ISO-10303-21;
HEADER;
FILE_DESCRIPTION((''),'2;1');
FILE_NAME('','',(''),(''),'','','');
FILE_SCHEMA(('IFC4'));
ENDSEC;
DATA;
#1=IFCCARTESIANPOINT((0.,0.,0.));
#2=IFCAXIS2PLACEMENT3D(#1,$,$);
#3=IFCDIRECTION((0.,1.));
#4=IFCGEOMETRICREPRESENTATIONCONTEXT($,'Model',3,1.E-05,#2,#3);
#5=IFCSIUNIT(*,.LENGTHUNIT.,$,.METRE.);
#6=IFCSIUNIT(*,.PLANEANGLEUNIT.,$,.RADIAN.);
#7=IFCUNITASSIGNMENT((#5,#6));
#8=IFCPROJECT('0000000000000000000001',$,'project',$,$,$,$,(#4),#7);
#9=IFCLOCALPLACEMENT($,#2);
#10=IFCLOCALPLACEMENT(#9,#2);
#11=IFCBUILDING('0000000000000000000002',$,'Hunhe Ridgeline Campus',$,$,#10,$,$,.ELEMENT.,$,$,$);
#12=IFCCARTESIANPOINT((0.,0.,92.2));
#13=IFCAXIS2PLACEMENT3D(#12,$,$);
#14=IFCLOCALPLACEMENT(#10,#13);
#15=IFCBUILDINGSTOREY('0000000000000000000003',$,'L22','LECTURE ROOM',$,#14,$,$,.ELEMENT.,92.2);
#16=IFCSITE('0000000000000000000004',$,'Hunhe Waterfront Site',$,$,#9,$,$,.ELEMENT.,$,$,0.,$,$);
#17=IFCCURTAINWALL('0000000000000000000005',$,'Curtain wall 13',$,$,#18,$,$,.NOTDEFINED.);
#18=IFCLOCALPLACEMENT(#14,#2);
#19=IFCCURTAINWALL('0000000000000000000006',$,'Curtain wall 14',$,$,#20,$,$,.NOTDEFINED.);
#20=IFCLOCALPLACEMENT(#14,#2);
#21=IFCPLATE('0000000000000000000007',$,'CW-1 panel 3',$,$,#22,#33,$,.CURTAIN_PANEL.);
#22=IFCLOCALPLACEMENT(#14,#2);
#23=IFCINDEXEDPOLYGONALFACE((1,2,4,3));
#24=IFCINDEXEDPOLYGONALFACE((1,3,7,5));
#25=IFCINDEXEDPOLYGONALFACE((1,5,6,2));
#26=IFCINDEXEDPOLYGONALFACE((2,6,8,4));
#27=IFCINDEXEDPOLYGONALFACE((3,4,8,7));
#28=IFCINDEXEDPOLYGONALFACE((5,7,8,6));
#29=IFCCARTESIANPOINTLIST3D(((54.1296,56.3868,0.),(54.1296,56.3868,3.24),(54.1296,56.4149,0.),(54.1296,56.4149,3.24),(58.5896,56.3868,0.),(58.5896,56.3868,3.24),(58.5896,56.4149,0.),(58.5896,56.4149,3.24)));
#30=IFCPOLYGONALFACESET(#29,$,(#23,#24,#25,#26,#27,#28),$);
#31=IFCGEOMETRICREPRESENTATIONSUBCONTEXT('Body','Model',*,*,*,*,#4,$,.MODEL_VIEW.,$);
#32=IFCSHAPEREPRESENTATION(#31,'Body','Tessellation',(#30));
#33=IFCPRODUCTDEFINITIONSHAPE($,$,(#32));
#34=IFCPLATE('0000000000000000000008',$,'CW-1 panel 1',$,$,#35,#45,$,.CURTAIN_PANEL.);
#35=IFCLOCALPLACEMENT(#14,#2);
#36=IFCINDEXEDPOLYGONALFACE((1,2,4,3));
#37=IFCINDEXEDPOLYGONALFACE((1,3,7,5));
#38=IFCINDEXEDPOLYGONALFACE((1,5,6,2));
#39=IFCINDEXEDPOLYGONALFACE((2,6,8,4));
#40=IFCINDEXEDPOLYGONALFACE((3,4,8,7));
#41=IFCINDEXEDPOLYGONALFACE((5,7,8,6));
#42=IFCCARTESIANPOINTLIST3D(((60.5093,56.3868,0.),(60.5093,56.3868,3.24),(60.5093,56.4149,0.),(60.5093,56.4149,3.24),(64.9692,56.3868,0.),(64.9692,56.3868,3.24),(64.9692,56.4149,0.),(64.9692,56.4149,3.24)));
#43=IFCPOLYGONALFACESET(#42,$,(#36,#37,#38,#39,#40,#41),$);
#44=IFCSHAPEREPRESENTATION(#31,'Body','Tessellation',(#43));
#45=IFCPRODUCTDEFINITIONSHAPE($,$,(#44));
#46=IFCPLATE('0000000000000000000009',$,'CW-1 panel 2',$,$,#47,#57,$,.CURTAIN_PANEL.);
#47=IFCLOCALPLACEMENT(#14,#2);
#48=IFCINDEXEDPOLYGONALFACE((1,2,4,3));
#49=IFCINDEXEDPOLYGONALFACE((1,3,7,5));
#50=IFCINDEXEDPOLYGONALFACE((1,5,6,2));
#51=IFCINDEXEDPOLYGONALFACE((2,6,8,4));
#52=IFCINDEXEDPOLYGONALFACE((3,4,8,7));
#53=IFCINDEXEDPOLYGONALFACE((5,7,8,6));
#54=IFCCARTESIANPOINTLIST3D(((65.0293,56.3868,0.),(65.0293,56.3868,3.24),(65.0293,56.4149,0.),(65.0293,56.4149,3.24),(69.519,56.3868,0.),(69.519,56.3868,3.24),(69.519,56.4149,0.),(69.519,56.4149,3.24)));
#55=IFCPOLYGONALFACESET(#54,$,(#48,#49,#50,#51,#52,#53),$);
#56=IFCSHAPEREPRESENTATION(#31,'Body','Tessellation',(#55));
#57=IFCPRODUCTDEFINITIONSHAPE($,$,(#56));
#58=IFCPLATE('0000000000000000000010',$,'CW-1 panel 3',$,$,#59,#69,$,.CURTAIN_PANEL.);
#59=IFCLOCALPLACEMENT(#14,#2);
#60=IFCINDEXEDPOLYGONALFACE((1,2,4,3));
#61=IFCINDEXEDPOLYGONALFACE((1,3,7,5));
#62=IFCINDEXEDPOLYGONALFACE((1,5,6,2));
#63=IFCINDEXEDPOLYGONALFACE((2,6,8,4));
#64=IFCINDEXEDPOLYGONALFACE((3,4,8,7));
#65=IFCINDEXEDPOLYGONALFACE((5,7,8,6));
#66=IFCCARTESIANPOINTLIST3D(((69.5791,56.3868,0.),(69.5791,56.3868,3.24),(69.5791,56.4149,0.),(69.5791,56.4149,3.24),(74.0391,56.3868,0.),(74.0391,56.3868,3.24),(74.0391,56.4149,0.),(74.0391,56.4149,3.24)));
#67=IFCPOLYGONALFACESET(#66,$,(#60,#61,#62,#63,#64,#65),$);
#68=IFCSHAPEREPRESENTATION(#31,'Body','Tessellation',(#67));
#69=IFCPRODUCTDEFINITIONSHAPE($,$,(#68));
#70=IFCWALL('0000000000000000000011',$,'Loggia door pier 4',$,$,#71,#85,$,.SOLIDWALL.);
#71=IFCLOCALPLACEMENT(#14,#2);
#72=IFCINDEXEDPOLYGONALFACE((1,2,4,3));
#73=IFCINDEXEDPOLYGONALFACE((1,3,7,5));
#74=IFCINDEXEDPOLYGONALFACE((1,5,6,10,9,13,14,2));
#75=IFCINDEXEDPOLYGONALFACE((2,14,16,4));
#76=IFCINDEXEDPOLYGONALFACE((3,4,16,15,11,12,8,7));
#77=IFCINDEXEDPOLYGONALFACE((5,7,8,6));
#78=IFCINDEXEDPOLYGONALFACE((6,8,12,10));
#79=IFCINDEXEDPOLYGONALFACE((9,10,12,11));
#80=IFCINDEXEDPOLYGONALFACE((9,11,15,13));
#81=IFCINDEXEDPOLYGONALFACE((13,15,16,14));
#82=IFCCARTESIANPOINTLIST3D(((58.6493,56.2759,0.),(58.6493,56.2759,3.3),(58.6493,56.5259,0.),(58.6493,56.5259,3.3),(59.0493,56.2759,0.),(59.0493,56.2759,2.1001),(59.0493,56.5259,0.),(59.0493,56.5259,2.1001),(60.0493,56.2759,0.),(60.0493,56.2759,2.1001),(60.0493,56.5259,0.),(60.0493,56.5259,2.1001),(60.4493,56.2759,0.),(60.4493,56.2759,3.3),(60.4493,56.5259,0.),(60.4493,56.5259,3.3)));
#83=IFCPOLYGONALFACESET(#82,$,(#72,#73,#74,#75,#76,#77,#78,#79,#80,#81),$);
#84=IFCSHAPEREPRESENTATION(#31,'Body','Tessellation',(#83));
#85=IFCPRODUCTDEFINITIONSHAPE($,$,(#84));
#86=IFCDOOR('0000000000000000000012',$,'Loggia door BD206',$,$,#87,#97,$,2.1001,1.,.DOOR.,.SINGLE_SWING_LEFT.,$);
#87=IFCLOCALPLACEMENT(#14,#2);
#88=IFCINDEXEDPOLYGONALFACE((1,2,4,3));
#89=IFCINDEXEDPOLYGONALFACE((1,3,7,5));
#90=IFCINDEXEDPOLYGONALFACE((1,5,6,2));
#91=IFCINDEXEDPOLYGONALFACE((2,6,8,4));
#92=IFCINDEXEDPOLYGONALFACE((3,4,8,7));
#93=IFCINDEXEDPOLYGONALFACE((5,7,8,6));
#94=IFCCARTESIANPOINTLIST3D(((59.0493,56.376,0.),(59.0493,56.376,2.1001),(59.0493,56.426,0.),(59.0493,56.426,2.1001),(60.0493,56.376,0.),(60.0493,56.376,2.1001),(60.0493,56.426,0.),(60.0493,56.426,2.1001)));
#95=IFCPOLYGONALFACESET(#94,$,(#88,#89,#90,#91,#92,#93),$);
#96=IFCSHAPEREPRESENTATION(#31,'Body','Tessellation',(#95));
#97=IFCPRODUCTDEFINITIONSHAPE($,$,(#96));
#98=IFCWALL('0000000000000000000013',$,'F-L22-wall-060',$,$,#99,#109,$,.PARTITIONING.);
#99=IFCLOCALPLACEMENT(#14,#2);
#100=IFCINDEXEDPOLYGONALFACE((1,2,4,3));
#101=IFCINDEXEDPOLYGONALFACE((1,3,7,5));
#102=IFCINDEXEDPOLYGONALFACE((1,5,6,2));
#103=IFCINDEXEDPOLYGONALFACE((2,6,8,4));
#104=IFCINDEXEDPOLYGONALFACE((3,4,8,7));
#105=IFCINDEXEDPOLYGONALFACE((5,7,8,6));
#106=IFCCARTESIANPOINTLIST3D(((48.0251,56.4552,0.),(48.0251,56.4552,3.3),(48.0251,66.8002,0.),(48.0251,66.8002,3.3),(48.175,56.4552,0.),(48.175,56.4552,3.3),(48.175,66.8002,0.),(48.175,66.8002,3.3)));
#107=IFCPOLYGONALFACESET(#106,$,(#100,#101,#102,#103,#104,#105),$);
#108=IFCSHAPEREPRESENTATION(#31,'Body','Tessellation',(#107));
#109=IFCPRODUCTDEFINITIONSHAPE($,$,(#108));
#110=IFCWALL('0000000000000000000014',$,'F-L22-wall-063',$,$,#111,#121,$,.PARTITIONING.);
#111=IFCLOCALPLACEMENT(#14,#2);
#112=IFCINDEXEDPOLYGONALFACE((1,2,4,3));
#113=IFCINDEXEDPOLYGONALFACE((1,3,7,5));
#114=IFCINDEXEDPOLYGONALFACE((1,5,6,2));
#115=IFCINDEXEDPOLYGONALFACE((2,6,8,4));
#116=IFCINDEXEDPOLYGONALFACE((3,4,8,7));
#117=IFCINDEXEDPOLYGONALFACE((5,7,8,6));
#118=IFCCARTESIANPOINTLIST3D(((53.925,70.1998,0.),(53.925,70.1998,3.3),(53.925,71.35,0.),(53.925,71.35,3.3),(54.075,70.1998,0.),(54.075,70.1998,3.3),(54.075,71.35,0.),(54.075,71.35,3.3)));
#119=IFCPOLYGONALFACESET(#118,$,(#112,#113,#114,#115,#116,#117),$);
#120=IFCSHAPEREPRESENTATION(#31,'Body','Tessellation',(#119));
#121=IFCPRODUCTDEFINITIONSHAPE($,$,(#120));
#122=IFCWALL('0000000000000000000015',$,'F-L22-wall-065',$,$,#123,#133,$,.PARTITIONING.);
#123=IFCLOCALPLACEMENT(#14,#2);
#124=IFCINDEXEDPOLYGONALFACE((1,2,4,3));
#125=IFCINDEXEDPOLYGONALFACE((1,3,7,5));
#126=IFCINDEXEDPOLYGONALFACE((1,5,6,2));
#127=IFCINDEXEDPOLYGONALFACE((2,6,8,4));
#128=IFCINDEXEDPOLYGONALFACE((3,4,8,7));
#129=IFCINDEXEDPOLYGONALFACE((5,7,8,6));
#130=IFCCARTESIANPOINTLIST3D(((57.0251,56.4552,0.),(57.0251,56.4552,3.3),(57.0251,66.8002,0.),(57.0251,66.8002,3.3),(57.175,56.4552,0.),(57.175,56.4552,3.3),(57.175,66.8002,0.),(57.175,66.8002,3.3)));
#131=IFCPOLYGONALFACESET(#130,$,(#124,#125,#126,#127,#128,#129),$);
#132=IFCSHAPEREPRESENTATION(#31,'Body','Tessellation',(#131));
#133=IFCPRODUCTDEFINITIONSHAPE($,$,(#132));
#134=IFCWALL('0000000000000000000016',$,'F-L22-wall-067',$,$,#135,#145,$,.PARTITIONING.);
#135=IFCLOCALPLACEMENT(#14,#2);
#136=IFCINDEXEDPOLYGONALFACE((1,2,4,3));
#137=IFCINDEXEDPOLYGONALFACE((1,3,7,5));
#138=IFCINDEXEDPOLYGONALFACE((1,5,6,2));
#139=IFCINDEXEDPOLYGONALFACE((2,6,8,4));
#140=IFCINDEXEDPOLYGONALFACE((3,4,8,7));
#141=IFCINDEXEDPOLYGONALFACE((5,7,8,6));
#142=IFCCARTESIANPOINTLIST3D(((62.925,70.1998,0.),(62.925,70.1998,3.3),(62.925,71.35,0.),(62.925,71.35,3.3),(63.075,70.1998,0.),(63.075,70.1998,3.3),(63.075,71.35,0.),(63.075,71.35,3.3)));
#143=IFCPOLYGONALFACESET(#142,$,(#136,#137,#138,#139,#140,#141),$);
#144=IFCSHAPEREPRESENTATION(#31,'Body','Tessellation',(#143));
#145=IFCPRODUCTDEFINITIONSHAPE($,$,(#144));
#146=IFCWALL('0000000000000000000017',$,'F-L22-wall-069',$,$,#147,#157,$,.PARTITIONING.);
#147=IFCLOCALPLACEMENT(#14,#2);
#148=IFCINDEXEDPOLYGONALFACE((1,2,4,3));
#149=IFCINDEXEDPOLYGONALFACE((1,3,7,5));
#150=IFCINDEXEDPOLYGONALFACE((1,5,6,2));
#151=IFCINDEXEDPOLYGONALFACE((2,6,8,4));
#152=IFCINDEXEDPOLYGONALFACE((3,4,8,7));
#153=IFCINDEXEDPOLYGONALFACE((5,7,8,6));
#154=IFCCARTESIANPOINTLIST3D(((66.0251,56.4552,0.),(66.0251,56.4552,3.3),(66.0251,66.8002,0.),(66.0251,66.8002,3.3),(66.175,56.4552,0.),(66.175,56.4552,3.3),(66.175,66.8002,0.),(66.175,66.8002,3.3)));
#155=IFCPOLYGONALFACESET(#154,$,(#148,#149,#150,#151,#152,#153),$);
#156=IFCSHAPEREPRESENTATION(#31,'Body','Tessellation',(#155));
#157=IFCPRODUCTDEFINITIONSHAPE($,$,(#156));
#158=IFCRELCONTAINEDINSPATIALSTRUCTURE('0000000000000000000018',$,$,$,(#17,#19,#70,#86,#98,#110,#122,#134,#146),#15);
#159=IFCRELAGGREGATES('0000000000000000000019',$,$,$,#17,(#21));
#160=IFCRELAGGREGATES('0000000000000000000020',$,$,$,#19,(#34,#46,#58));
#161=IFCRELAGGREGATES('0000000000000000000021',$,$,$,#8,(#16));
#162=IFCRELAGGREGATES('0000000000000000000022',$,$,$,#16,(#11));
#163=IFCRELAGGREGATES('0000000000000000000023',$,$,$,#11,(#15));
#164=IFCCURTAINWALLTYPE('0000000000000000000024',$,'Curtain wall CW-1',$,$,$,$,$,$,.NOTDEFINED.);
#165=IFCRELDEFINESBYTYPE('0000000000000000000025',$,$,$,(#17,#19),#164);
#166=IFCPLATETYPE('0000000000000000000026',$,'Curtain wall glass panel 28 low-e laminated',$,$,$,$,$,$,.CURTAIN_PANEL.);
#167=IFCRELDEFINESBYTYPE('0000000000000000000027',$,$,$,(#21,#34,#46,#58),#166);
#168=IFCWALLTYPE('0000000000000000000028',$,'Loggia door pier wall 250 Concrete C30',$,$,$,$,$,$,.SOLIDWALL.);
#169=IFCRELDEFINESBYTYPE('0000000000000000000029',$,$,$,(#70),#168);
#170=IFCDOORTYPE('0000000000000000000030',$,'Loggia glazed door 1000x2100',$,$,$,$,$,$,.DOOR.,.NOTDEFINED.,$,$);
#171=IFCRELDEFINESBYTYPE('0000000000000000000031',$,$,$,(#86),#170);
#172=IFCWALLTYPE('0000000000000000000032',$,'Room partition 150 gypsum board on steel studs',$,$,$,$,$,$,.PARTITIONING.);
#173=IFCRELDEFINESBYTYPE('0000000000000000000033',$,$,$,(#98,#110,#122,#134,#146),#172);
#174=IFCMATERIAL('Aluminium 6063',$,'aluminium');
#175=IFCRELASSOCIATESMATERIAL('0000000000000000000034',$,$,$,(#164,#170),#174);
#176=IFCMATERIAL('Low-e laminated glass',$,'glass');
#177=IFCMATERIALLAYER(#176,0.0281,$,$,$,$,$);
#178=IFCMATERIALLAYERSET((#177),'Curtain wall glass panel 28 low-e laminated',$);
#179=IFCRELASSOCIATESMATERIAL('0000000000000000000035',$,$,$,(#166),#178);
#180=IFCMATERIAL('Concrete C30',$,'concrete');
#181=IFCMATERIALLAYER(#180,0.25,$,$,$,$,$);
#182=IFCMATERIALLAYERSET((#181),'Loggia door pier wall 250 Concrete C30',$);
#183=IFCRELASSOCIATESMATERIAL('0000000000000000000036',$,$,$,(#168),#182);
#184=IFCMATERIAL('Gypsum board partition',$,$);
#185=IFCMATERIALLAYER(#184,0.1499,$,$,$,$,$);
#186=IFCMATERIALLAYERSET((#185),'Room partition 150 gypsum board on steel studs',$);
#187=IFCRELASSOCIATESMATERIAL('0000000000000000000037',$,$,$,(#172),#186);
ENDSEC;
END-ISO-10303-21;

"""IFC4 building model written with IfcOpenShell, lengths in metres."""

from ifc_helpers import new_model, si_unit, direction, frame, frame_2d, origin, origin_2d, place, context, subcontext, project, spatial, rectangle, extrude, material, layer, layer_set, type_object, element, fill, aggregate, save


model = new_model("IFC4")

# Units and contexts
model_context = context("Model", 3, precision=1e-05, world=origin(), true_north=direction((0.0, 1.0)))
body_context = subcontext(model_context, "Body", "Model", "MODEL_VIEW")
ifc_project = project(units=[si_unit("LENGTHUNIT", "METRE"), si_unit("PLANEANGLEUNIT", "RADIAN")], contexts=[model_context])

# Site, building, storey
site_placement = place(None, origin())
site = spatial("IfcSite", under=ifc_project, at=site_placement, Name="Hunhe Waterfront Site", CompositionType="ELEMENT", RefElevation=0.0)
building_placement = place(site_placement, origin())
building = spatial("IfcBuilding", under=site, at=building_placement, Name="Hunhe Ridgeline Campus", CompositionType="ELEMENT")
storey_placement = place(building_placement, frame((0.0, 0.0, 92.2)))
storey = spatial("IfcBuildingStorey", under=building, at=storey_placement, Name="L22", Description="LECTURE ROOM", CompositionType="ELEMENT", Elevation=92.2)

# Curtain walls
ifc_material_1 = material(Name="Aluminium 6063", Category="aluminium")
curtain_wall_type = type_object("IfcCurtainWallType", Name="Curtain wall CW-1", PredefinedType="NOTDEFINED", material=ifc_material_1)
curtain_wall_1_placement = place(storey_placement, origin())
curtain_wall_1 = element("IfcCurtainWall", 1, at=curtain_wall_1_placement, inside=storey, type_object=curtain_wall_type, Name="Curtain wall 13", PredefinedType="NOTDEFINED")
curtain_wall_2_placement = place(storey_placement, origin())
curtain_wall_2 = element("IfcCurtainWall", 2, at=curtain_wall_2_placement, inside=storey, type_object=curtain_wall_type, Name="Curtain wall 14", PredefinedType="NOTDEFINED")

# Plates
ifc_material_2 = material(Name="Low-e laminated glass", Category="glass")
ifc_layer_1 = layer(ifc_material_2, 0.0281)
ifc_layer_set_1 = layer_set([ifc_layer_1], Name="Curtain wall glass panel 28 low-e laminated")
plate_type = type_object("IfcPlateType", Name="Curtain wall glass panel 28 low-e laminated", PredefinedType="CURTAIN_PANEL", material=ifc_layer_set_1)
plate_1_placement = place(storey_placement, frame((56.3596, 56.4009, 0.0), z_axis=(0.0, 0.0, 1.0), x_axis=(1.0, 0.0, 0.0)))
plate_1 = element("IfcPlate", 3, at=plate_1_placement, type_object=plate_type, Name="CW-1 panel 3", PredefinedType="CURTAIN_PANEL", context=body_context, shape_type="SweptSolid", body=[
    extrude(rectangle(XDim=4.46, YDim=0.0281, at=origin_2d()), origin(), (0.0, 0.0, 1.0), 3.24),
])
aggregate(curtain_wall_1, [plate_1])
plate_2_placement = place(storey_placement, frame((62.7393, 56.4009, 0.0), z_axis=(0.0, 0.0, 1.0), x_axis=(1.0, 0.0, 0.0)))
plate_2 = element("IfcPlate", 4, at=plate_2_placement, type_object=plate_type, Name="CW-1 panel 1", PredefinedType="CURTAIN_PANEL", context=body_context, shape_type="SweptSolid", body=[
    extrude(rectangle(XDim=4.46, YDim=0.0281, at=origin_2d()), origin(), (0.0, 0.0, 1.0), 3.24),
])
plate_3_placement = place(storey_placement, frame((67.2742, 56.4009, 0.0), z_axis=(0.0, 0.0, 1.0), x_axis=(1.0, 0.0, 0.0)))
plate_3 = element("IfcPlate", 5, at=plate_3_placement, type_object=plate_type, Name="CW-1 panel 2", PredefinedType="CURTAIN_PANEL", context=body_context, shape_type="SweptSolid", body=[
    extrude(rectangle(XDim=4.4897, YDim=0.0281, at=origin_2d()), origin(), (0.0, 0.0, 1.0), 3.24),
])
plate_4_placement = place(storey_placement, frame((71.8091, 56.4009, 0.0), z_axis=(0.0, 0.0, 1.0), x_axis=(1.0, 0.0, 0.0)))
plate_4 = element("IfcPlate", 6, at=plate_4_placement, type_object=plate_type, Name="CW-1 panel 3", PredefinedType="CURTAIN_PANEL", context=body_context, shape_type="SweptSolid", body=[
    extrude(rectangle(XDim=4.46, YDim=0.0281, at=origin_2d()), origin(), (0.0, 0.0, 1.0), 3.24),
])
aggregate(curtain_wall_2, [plate_2, plate_3, plate_4])

# Wall, opening, door
ifc_material_3 = material(Name="Concrete C30", Category="concrete")
ifc_layer_2 = layer(ifc_material_3, 0.25)
ifc_layer_set_2 = layer_set([ifc_layer_2], Name="Loggia door pier wall 250 Concrete C30")
wall_type_1 = type_object("IfcWallType", Name="Loggia door pier wall 250 Concrete C30", PredefinedType="SOLIDWALL", material=ifc_layer_set_2)
wall_1_placement = place(storey_placement, frame((58.6494, 56.4009, 0.0), z_axis=(0.0, 0.0, 1.0), x_axis=(1.0, 0.0, 0.0)))
wall_1 = element("IfcWall", 7, at=wall_1_placement, inside=storey, type_object=wall_type_1, Name="Loggia door pier 4", PredefinedType="SOLIDWALL", context=body_context, shape_type="SweptSolid", body=[
    extrude(rectangle(XDim=1.8, YDim=0.25, at=frame_2d((0.8999, 0.0))), origin(), (0.0, 0.0, 1.0), 3.3),
])
opening_placement = place(wall_1_placement, frame((0.3999, 0.0, 0.0)))
opening = element("IfcOpeningElement", 8, at=opening_placement, cuts=wall_1, PredefinedType="OPENING", context=body_context, shape_type="SweptSolid", body=[
    extrude(rectangle(XDim=1.0, YDim=2.1001, at=frame_2d((0.5, 1.05))), frame((0.0, 0.125, 0.0), z_axis=(0.0, -1.0, 0.0), x_axis=(1.0, 0.0, 0.0)), (0.0, 0.0, 1.0), 0.25),
])
door_type = type_object("IfcDoorType", Name="Loggia glazed door 1000x2100", OperationType="NOTDEFINED", PredefinedType="DOOR", material=ifc_material_1)
door_placement = place(opening_placement, frame((1.0, 0.0, 0.0), z_axis=(0.0, 0.0, 1.0), x_axis=(-1.0, 0.0, 0.0)))
door = element("IfcDoor", 9, at=door_placement, inside=storey, type_object=door_type, Name="Loggia door BD206", OperationType="SINGLE_SWING_LEFT", OverallHeight=2.1001, OverallWidth=1.0, PredefinedType="DOOR", context=body_context, shape_type="SweptSolid", body=[
    extrude(rectangle(XDim=1.0, YDim=2.1001, at=frame_2d((0.5, 1.05))), frame((0.0, 0.0249, 0.0), z_axis=(0.0, -1.0, 0.0), x_axis=(1.0, 0.0, 0.0)), (0.0, 0.0, 1.0), 0.05),
])
fill(opening, door)

# Walls
ifc_material_4 = material(Name="Gypsum board partition")
ifc_layer_3 = layer(ifc_material_4, 0.1499)
ifc_layer_set_3 = layer_set([ifc_layer_3], Name="Room partition 150 gypsum board on steel studs")
wall_type_2 = type_object("IfcWallType", Name="Room partition 150 gypsum board on steel studs", PredefinedType="PARTITIONING", material=ifc_layer_set_3)
wall_2_placement = place(storey_placement, frame((48.1001, 66.8, 0.0), z_axis=(0.0, 0.0, 1.0), x_axis=(0.0, -1.0, 0.0)))
element("IfcWall", 10, at=wall_2_placement, inside=storey, type_object=wall_type_2, Name="F-L22-wall-060", PredefinedType="PARTITIONING", context=body_context, shape_type="SweptSolid", body=[
    extrude(rectangle(XDim=10.345, YDim=0.1499, at=frame_2d((5.1724, 0.0))), origin(), (0.0, 0.0, 1.0), 3.3),
])
wall_3_placement = place(storey_placement, frame((54.0, 71.3501, 0.0), z_axis=(0.0, 0.0, 1.0), x_axis=(0.0, -1.0, 0.0)))
element("IfcWall", 11, at=wall_3_placement, inside=storey, type_object=wall_type_2, Name="F-L22-wall-063", PredefinedType="PARTITIONING", context=body_context, shape_type="SweptSolid", body=[
    extrude(rectangle(XDim=1.1501, YDim=0.1499, at=frame_2d((0.5752, 0.0))), origin(), (0.0, 0.0, 1.0), 3.3),
])
wall_4_placement = place(storey_placement, frame((57.1001, 66.8, 0.0), z_axis=(0.0, 0.0, 1.0), x_axis=(0.0, -1.0, 0.0)))
element("IfcWall", 12, at=wall_4_placement, inside=storey, type_object=wall_type_2, Name="F-L22-wall-065", PredefinedType="PARTITIONING", context=body_context, shape_type="SweptSolid", body=[
    extrude(rectangle(XDim=10.345, YDim=0.1499, at=frame_2d((5.1724, 0.0))), origin(), (0.0, 0.0, 1.0), 3.3),
])
wall_5_placement = place(storey_placement, frame((63.0, 71.3501, 0.0), z_axis=(0.0, 0.0, 1.0), x_axis=(0.0, -1.0, 0.0)))
element("IfcWall", 13, at=wall_5_placement, inside=storey, type_object=wall_type_2, Name="F-L22-wall-067", PredefinedType="PARTITIONING", context=body_context, shape_type="SweptSolid", body=[
    extrude(rectangle(XDim=1.1501, YDim=0.1499, at=frame_2d((0.5752, 0.0))), origin(), (0.0, 0.0, 1.0), 3.3),
])
wall_6_placement = place(storey_placement, frame((66.1001, 66.8, 0.0), z_axis=(0.0, 0.0, 1.0), x_axis=(0.0, -1.0, 0.0)))
element("IfcWall", 14, at=wall_6_placement, inside=storey, type_object=wall_type_2, Name="F-L22-wall-069", PredefinedType="PARTITIONING", context=body_context, shape_type="SweptSolid", body=[
    extrude(rectangle(XDim=10.345, YDim=0.1499, at=frame_2d((5.1724, 0.0))), origin(), (0.0, 0.0, 1.0), 3.3),
])

save(model, "model.ifc")
